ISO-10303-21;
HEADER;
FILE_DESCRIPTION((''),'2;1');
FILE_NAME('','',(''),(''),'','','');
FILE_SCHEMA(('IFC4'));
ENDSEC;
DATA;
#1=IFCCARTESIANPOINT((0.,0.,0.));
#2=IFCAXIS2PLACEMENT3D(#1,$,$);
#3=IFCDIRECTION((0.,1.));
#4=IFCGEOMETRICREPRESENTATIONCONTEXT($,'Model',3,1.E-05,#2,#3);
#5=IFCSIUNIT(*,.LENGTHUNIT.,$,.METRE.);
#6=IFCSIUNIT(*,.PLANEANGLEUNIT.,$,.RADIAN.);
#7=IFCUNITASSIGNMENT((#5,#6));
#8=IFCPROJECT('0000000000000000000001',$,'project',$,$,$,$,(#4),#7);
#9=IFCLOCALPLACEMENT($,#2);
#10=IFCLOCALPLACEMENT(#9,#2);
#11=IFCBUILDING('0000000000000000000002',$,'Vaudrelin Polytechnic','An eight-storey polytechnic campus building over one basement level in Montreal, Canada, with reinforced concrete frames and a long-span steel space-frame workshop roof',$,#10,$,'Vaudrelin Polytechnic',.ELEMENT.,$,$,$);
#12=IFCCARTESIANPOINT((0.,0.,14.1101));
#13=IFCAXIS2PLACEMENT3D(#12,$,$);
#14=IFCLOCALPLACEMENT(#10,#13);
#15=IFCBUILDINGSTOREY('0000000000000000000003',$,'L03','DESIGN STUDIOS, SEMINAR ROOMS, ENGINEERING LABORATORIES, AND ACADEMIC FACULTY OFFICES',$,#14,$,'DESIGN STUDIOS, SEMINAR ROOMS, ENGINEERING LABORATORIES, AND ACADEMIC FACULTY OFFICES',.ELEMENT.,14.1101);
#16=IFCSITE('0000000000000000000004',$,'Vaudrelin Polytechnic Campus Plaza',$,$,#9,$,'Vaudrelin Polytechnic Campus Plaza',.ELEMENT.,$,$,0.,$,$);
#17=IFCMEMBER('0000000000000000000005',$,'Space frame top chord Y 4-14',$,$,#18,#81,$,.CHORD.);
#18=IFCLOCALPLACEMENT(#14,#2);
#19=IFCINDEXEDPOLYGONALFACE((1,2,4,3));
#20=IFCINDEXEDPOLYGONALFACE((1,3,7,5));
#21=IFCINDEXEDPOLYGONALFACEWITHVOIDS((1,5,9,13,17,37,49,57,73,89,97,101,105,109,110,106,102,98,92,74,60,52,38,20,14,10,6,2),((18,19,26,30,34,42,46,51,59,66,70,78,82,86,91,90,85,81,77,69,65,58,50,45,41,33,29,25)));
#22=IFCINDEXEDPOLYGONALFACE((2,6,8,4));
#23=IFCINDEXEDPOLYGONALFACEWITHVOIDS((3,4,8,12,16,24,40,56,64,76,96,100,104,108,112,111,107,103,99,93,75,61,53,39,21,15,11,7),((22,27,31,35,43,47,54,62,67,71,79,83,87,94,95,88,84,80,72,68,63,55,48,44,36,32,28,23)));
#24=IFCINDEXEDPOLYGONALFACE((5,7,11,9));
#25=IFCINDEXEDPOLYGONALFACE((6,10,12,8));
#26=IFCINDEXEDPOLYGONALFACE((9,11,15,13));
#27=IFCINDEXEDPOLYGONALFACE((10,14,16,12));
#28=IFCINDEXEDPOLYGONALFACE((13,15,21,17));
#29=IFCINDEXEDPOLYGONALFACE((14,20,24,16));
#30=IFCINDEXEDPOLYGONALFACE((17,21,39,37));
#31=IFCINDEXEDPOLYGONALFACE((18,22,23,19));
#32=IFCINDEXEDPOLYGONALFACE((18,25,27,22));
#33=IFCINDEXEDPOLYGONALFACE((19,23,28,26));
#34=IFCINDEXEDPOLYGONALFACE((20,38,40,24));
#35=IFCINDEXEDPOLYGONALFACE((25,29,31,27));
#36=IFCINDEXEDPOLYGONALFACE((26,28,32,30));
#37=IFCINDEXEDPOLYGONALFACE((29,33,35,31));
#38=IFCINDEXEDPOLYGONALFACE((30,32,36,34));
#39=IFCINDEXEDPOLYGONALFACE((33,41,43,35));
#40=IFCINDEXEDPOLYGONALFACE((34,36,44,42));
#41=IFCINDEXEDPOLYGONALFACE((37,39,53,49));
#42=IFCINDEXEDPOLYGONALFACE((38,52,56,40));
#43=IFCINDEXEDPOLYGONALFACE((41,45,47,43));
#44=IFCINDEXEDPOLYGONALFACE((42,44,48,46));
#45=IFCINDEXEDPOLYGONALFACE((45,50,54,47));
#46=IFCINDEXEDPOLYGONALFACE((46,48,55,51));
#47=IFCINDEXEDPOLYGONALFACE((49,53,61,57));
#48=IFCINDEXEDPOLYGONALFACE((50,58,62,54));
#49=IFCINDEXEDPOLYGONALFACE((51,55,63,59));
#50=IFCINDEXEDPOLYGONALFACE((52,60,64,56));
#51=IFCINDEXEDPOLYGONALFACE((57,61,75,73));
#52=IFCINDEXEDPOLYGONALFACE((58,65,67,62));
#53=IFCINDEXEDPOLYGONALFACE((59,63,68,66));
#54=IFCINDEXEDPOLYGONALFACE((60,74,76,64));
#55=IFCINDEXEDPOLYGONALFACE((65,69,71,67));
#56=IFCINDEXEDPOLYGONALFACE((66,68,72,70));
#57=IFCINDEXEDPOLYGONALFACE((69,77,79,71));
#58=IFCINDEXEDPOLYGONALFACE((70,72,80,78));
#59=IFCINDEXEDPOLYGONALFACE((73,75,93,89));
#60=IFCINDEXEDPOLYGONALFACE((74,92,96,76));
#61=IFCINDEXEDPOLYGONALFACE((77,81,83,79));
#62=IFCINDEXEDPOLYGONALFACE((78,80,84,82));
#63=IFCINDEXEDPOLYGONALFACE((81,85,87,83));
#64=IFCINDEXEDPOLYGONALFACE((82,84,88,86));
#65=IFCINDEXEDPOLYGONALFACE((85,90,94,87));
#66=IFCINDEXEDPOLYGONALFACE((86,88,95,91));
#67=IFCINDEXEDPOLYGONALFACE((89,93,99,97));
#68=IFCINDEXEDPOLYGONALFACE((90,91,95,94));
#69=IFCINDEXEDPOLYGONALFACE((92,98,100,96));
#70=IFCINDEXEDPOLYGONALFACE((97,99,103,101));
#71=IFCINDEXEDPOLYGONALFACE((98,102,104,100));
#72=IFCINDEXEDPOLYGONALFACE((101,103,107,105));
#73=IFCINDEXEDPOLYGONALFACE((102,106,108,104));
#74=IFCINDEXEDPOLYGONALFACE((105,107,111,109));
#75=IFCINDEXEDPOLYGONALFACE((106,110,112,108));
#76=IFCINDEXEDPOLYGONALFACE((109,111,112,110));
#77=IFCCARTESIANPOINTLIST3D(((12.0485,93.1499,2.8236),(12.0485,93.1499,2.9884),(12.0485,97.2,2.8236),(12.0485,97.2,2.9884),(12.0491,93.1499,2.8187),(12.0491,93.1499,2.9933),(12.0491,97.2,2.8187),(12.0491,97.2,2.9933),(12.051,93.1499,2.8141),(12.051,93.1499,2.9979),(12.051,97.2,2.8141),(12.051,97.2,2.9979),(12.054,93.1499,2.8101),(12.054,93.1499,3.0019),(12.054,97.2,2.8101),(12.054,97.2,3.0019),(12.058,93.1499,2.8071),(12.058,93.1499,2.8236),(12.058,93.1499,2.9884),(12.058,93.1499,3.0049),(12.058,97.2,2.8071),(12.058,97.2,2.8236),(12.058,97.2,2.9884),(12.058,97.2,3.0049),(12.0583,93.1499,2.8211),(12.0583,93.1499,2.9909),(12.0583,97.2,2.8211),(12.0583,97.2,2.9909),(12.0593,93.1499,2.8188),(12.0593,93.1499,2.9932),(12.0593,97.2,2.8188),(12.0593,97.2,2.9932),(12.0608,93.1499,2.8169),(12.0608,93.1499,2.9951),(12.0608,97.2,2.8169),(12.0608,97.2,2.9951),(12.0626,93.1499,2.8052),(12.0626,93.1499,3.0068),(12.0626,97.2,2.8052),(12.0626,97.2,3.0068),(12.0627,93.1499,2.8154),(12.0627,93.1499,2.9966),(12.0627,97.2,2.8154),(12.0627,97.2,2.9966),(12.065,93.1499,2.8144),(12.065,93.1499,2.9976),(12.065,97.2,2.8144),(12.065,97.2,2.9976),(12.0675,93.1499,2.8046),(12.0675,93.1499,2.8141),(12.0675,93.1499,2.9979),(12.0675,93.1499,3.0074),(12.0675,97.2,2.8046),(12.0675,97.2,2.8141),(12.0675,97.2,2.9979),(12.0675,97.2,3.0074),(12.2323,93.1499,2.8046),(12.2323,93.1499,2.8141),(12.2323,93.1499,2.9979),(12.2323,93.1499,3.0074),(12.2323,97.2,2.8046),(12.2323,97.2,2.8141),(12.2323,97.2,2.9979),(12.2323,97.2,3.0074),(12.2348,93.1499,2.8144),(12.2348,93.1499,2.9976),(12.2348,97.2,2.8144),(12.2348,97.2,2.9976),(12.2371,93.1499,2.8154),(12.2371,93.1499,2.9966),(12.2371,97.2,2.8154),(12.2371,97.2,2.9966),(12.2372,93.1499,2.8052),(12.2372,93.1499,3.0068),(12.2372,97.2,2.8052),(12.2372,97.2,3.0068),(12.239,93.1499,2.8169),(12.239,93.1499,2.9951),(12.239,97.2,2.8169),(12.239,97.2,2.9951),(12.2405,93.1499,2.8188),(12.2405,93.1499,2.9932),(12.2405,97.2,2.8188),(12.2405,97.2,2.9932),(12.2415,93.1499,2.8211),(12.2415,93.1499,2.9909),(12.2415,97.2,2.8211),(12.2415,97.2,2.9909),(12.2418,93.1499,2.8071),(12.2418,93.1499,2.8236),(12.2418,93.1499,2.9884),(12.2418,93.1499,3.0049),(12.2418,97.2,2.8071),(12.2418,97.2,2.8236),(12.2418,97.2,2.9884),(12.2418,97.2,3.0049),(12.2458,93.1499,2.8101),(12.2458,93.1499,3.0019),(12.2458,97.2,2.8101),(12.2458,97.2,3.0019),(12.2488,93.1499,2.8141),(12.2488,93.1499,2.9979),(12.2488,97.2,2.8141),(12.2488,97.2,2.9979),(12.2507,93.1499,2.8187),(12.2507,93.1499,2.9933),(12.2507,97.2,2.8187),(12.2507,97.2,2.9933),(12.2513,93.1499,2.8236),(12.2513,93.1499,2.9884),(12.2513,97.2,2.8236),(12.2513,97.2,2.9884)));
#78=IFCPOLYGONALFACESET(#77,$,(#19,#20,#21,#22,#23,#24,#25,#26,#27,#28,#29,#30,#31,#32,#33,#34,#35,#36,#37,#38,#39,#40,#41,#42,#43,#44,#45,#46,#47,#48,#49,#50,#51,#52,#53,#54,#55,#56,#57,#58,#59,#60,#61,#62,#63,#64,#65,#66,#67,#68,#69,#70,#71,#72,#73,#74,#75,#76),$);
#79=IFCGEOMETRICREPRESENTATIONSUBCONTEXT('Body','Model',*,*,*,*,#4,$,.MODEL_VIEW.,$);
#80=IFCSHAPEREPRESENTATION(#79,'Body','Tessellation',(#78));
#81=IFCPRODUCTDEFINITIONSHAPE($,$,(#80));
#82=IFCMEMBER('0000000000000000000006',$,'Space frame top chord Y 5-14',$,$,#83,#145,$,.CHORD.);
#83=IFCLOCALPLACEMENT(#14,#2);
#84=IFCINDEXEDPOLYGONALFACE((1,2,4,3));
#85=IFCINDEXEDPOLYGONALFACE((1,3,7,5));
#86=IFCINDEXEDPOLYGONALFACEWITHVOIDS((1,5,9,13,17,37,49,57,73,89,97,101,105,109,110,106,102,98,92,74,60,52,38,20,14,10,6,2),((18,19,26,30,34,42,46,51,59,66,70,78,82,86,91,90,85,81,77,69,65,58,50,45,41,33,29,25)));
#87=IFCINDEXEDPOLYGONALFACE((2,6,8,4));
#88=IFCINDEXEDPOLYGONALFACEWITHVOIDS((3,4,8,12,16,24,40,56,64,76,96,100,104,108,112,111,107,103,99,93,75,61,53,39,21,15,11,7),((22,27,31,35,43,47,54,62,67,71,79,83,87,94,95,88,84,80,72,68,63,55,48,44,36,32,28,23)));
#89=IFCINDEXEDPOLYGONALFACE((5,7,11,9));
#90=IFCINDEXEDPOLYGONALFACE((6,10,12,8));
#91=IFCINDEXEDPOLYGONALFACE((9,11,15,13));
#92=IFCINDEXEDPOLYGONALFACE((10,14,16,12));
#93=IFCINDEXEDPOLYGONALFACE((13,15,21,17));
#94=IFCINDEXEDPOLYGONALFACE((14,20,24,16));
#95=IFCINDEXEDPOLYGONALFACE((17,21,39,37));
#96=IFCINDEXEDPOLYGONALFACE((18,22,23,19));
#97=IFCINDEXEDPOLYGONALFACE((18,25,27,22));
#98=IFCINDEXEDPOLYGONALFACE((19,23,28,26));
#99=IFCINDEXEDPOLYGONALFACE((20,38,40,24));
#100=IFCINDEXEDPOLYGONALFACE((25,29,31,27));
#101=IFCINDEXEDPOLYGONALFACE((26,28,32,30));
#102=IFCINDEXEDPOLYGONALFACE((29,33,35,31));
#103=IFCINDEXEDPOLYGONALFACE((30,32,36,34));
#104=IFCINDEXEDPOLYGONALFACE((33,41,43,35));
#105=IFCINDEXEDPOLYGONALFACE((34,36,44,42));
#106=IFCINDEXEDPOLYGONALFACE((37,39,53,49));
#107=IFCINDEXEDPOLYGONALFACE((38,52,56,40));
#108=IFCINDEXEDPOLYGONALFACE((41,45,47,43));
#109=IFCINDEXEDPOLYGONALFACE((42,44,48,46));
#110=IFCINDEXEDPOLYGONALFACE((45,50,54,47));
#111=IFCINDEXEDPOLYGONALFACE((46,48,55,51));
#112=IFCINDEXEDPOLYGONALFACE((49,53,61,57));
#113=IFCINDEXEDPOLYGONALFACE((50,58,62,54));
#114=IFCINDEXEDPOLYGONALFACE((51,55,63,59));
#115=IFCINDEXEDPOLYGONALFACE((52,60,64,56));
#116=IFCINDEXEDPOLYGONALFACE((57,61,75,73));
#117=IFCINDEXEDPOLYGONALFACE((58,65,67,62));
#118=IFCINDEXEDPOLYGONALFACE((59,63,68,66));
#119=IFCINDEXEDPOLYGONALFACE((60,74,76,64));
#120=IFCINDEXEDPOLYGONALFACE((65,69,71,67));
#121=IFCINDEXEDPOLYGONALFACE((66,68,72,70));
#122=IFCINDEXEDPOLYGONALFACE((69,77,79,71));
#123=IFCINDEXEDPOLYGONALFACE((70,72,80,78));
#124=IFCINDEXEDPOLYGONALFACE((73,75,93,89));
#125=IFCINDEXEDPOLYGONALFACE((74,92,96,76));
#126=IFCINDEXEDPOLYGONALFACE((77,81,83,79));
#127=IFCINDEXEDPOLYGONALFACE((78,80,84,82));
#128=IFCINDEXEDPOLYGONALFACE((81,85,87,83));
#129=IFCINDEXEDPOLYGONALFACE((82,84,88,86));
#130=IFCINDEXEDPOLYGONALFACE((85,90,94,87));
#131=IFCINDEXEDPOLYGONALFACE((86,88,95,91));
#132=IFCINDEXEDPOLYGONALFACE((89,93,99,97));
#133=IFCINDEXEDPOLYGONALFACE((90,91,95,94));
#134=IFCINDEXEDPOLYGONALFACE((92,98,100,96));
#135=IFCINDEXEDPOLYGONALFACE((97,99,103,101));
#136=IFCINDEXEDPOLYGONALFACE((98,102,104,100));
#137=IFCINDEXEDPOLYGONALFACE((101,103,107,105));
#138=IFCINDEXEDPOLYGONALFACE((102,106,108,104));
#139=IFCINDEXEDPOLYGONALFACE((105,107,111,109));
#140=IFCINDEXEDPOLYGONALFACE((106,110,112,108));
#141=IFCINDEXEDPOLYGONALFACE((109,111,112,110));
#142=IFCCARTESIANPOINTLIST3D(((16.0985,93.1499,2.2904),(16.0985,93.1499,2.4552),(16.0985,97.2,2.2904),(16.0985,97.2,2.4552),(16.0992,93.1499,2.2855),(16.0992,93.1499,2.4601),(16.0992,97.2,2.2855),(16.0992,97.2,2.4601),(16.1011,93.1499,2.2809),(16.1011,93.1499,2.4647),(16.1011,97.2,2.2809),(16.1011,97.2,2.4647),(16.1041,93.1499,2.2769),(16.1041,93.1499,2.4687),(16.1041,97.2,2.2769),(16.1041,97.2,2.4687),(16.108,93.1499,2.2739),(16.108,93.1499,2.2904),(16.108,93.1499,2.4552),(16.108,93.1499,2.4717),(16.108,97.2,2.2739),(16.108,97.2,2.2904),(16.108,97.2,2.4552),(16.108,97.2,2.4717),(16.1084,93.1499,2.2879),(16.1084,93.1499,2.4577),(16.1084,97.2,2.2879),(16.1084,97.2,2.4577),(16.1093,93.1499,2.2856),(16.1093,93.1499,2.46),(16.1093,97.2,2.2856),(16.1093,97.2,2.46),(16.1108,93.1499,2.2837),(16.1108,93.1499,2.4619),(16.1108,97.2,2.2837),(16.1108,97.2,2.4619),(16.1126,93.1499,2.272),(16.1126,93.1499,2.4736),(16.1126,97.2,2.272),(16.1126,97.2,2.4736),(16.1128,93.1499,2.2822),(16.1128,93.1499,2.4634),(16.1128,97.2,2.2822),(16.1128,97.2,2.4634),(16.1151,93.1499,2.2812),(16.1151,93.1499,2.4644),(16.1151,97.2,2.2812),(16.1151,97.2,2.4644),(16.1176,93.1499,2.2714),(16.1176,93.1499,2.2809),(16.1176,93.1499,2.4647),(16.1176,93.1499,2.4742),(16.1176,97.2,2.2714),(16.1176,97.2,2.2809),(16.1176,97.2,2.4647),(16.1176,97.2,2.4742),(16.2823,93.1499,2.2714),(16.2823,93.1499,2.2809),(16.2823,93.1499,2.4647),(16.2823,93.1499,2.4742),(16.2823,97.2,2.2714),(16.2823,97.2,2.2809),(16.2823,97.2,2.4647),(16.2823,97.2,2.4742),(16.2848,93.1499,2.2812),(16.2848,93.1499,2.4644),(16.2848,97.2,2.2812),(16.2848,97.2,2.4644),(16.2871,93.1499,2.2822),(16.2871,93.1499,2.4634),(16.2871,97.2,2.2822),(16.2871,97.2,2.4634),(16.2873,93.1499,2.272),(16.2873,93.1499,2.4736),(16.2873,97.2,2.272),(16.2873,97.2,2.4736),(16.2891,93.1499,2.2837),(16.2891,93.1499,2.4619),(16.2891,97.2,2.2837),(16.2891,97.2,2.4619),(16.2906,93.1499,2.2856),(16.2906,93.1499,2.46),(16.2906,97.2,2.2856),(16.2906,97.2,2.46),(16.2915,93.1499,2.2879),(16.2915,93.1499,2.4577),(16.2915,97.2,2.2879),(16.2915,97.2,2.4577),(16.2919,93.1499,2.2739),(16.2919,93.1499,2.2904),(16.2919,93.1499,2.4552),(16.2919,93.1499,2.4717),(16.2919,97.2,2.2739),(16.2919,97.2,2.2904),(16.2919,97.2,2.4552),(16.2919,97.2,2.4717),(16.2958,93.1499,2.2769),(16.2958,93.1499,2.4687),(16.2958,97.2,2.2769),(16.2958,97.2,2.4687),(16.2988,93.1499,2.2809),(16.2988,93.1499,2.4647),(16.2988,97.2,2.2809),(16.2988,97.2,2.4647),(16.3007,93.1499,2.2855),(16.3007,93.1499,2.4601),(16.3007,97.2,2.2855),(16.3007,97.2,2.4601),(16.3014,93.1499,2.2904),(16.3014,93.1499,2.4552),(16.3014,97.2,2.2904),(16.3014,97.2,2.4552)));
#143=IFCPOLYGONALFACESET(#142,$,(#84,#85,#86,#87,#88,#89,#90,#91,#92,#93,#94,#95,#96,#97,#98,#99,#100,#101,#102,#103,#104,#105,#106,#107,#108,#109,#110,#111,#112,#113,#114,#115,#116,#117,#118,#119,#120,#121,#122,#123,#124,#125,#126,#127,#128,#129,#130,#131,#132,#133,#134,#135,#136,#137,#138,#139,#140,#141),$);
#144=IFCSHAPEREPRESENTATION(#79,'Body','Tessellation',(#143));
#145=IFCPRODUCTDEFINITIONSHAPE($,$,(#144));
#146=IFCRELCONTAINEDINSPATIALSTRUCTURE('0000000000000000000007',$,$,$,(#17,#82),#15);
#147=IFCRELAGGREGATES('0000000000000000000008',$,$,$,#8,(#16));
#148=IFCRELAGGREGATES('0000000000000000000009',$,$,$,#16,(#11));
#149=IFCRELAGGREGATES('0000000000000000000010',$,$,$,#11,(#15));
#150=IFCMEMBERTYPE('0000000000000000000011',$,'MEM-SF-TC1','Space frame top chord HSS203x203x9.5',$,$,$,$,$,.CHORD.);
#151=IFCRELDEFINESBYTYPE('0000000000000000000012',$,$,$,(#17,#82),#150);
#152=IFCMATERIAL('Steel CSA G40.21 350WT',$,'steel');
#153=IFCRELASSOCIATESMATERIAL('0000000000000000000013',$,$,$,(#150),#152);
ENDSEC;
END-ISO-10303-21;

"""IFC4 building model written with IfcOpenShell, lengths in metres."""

from ifc_helpers import new_model, si_unit, direction, frame, origin, origin_2d, place, context, subcontext, project, spatial, hollow_rectangle, extrude, material, material_profile, profile_set, type_object, element, save


model = new_model("IFC4")

# Units and contexts
model_context = context("Model", 3, precision=1e-05, world=origin(), true_north=direction((0.0, 1.0)))
body_context = subcontext(model_context, "Body", "Model", "MODEL_VIEW")
ifc_project = project(units=[si_unit("LENGTHUNIT", "METRE"), si_unit("PLANEANGLEUNIT", "RADIAN")], contexts=[model_context])

# Site, building, storey
site_placement = place(None, origin())
site = spatial("IfcSite", under=ifc_project, at=site_placement, Name="Vaudrelin Polytechnic Campus Plaza", LongName="Vaudrelin Polytechnic Campus Plaza", CompositionType="ELEMENT", RefElevation=0.0)
building_placement = place(site_placement, origin())
building = spatial("IfcBuilding", under=site, at=building_placement, Name="Vaudrelin Polytechnic", Description="An eight-storey polytechnic campus building over one basement level in Montreal, Canada, with reinforced concrete frames and a long-span steel space-frame workshop roof", LongName="Vaudrelin Polytechnic", CompositionType="ELEMENT")
storey_placement = place(building_placement, frame((0.0, 0.0, 14.1101)))
storey = spatial("IfcBuildingStorey", under=building, at=storey_placement, Name="L03", Description="DESIGN STUDIOS, SEMINAR ROOMS, ENGINEERING LABORATORIES, AND ACADEMIC FACULTY OFFICES", LongName="DESIGN STUDIOS, SEMINAR ROOMS, ENGINEERING LABORATORIES, AND ACADEMIC FACULTY OFFICES", CompositionType="ELEMENT", Elevation=14.1101)

# Members
ifc_material_1 = material(Name="Steel CSA G40.21 350WT", Category="steel")
ifc_material_profile_1 = material_profile(ifc_material_1, hollow_rectangle(XDim=0.2029, YDim=0.2029, WallThickness=0.0095, InnerFilletRadius=0.0095, OuterFilletRadius=0.019, at=origin_2d()), Name="HSS203x203x9.5")
ifc_profile_set_1 = profile_set([ifc_material_profile_1], Name="Steel CSA G40.21 350WT")
member_type_1 = type_object("IfcMemberType", Name="MEM-SF-TC1", Description="Space frame top chord HSS203x203x9.5", PredefinedType="CHORD", material=ifc_profile_set_1)
for number, where, z_axis, x_axis, name in (
    (1, (12.1499, 93.1499, 2.906), (0.0, 1.0, 0.0), (-1.0, 0.0, 0.0), "Space frame top chord Y 4-14"),
    (2, (16.2, 93.1499, 2.3728), (0.0, 1.0, 0.0), (-1.0, 0.0, 0.0), "Space frame top chord Y 5-14"),
):
    element("IfcMember", number, at=place(storey_placement, frame(where, z_axis=z_axis, x_axis=x_axis)), inside=storey, type_object=member_type_1, Name=name, PredefinedType="CHORD", context=body_context, shape_type="SweptSolid", body=[
        extrude(hollow_rectangle(XDim=0.2029, YDim=0.2029, WallThickness=0.0095, InnerFilletRadius=0.0095, OuterFilletRadius=0.019, at=origin_2d()), origin(), (0.0, 0.0, 1.0), 4.05),
    ])

save(model, "model.ifc")
